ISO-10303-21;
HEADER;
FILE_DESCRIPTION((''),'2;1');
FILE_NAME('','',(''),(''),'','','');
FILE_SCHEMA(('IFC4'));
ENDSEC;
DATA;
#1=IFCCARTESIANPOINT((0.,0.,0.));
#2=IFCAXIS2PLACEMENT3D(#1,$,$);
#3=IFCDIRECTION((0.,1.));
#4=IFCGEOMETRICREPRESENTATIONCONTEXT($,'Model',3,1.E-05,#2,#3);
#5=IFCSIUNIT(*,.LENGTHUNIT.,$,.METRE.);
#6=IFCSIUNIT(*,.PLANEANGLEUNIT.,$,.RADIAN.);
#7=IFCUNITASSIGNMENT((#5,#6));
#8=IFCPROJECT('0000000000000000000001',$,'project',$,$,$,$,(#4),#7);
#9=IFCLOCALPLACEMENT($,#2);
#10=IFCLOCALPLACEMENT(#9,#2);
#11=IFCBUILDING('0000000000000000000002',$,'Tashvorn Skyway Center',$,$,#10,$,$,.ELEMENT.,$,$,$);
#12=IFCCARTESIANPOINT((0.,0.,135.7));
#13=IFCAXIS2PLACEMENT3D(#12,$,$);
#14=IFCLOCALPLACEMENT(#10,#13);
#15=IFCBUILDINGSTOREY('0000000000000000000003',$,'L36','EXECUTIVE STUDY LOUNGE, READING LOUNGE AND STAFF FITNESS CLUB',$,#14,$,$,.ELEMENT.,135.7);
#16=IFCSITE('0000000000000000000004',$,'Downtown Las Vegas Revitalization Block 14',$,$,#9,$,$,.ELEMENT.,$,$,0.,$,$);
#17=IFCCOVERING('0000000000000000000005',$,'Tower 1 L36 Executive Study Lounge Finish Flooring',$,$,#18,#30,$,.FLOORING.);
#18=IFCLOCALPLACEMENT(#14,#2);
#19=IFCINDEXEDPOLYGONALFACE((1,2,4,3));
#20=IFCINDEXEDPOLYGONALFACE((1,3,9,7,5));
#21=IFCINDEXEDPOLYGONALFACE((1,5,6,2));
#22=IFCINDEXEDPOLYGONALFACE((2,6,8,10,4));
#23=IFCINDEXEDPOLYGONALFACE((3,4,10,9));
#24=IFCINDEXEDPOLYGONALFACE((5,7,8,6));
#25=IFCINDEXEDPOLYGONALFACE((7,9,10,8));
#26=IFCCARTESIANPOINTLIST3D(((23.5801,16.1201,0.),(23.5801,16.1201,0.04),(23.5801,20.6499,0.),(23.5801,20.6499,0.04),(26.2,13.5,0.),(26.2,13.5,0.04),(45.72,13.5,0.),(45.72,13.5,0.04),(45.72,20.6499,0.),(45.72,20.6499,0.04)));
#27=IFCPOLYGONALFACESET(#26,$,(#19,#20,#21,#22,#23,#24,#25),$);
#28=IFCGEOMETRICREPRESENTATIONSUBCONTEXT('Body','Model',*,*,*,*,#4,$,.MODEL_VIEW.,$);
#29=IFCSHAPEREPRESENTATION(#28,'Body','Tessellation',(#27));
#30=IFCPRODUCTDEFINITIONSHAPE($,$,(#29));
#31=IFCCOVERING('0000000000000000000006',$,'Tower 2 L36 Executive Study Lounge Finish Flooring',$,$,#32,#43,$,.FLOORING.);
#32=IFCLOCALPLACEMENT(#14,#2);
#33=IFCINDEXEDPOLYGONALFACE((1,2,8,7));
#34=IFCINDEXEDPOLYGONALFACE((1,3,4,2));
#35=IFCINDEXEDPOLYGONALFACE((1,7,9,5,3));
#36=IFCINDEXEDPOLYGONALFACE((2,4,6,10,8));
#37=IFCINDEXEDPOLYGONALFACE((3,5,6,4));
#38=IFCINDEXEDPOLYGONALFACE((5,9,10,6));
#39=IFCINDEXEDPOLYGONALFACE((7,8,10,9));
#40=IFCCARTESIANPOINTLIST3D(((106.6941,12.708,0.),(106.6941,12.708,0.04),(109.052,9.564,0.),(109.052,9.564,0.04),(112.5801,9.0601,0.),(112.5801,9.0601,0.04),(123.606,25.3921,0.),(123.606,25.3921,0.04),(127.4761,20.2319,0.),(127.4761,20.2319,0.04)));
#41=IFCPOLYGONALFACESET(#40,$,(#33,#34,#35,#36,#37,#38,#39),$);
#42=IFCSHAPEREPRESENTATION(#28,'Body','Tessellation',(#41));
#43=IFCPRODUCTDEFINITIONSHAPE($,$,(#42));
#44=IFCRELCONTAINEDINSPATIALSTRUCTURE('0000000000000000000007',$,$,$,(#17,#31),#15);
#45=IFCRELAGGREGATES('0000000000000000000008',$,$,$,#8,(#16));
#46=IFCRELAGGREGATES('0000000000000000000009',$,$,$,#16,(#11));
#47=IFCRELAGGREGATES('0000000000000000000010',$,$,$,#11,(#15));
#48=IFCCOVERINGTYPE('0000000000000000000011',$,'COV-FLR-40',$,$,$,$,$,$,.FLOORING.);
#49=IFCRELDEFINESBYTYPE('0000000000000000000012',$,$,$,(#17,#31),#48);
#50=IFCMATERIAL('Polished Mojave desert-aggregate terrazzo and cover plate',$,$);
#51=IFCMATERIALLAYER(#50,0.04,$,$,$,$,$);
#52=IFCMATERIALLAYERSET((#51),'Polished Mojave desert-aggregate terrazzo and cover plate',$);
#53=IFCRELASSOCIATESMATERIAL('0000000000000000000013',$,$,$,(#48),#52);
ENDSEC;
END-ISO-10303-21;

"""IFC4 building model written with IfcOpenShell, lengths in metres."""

from ifc_helpers import new_model, si_unit, direction, frame, origin, place, context, subcontext, project, spatial, polyline, outline, extrude, material, layer, layer_set, type_object, element, save


model = new_model("IFC4")

# Units and contexts
model_context = context("Model", 3, precision=1e-05, world=origin(), true_north=direction((0.0, 1.0)))
body_context = subcontext(model_context, "Body", "Model", "MODEL_VIEW")
ifc_project = project(units=[si_unit("LENGTHUNIT", "METRE"), si_unit("PLANEANGLEUNIT", "RADIAN")], contexts=[model_context])

# Site, building, storey
site_placement = place(None, origin())
site = spatial("IfcSite", under=ifc_project, at=site_placement, Name="Downtown Las Vegas Revitalization Block 14", CompositionType="ELEMENT", RefElevation=0.0)
building_placement = place(site_placement, origin())
building = spatial("IfcBuilding", under=site, at=building_placement, Name="Tashvorn Skyway Center", CompositionType="ELEMENT")
storey_placement = place(building_placement, frame((0.0, 0.0, 135.7)))
storey = spatial("IfcBuildingStorey", under=building, at=storey_placement, Name="L36", Description="EXECUTIVE STUDY LOUNGE, READING LOUNGE AND STAFF FITNESS CLUB", CompositionType="ELEMENT", Elevation=135.7)

# Coverings
ifc_material_1 = material(Name="Polished Mojave desert-aggregate terrazzo and cover plate")
ifc_layer_1 = layer(ifc_material_1, 0.04)
ifc_layer_set_1 = layer_set([ifc_layer_1], Name="Polished Mojave desert-aggregate terrazzo and cover plate")
covering_type_1 = type_object("IfcCoveringType", Name="COV-FLR-40", PredefinedType="FLOORING", material=ifc_layer_set_1)
covering_1_placement = place(storey_placement, origin())
element("IfcCovering", 1, at=covering_1_placement, inside=storey, type_object=covering_type_1, Name="Tower 1 L36 Executive Study Lounge Finish Flooring", PredefinedType="FLOORING", context=body_context, shape_type="SweptSolid", body=[
    extrude(outline(polyline([(26.2, 13.5), (23.5801, 16.1201), (23.5801, 20.6499), (45.72, 20.6499), (45.72, 13.5), (26.2, 13.5)])), origin(), (0.0, 0.0, 1.0), 0.04),
])
covering_2_placement = place(storey_placement, origin())
element("IfcCovering", 2, at=covering_2_placement, inside=storey, type_object=covering_type_1, Name="Tower 2 L36 Executive Study Lounge Finish Flooring", PredefinedType="FLOORING", context=body_context, shape_type="SweptSolid", body=[
    extrude(outline(polyline([(112.5801, 9.0601), (109.052, 9.564), (106.6941, 12.708), (123.606, 25.3921), (127.4761, 20.2319), (112.5801, 9.0601)])), origin(), (0.0, 0.0, 1.0), 0.04),
])

save(model, "model.ifc")
